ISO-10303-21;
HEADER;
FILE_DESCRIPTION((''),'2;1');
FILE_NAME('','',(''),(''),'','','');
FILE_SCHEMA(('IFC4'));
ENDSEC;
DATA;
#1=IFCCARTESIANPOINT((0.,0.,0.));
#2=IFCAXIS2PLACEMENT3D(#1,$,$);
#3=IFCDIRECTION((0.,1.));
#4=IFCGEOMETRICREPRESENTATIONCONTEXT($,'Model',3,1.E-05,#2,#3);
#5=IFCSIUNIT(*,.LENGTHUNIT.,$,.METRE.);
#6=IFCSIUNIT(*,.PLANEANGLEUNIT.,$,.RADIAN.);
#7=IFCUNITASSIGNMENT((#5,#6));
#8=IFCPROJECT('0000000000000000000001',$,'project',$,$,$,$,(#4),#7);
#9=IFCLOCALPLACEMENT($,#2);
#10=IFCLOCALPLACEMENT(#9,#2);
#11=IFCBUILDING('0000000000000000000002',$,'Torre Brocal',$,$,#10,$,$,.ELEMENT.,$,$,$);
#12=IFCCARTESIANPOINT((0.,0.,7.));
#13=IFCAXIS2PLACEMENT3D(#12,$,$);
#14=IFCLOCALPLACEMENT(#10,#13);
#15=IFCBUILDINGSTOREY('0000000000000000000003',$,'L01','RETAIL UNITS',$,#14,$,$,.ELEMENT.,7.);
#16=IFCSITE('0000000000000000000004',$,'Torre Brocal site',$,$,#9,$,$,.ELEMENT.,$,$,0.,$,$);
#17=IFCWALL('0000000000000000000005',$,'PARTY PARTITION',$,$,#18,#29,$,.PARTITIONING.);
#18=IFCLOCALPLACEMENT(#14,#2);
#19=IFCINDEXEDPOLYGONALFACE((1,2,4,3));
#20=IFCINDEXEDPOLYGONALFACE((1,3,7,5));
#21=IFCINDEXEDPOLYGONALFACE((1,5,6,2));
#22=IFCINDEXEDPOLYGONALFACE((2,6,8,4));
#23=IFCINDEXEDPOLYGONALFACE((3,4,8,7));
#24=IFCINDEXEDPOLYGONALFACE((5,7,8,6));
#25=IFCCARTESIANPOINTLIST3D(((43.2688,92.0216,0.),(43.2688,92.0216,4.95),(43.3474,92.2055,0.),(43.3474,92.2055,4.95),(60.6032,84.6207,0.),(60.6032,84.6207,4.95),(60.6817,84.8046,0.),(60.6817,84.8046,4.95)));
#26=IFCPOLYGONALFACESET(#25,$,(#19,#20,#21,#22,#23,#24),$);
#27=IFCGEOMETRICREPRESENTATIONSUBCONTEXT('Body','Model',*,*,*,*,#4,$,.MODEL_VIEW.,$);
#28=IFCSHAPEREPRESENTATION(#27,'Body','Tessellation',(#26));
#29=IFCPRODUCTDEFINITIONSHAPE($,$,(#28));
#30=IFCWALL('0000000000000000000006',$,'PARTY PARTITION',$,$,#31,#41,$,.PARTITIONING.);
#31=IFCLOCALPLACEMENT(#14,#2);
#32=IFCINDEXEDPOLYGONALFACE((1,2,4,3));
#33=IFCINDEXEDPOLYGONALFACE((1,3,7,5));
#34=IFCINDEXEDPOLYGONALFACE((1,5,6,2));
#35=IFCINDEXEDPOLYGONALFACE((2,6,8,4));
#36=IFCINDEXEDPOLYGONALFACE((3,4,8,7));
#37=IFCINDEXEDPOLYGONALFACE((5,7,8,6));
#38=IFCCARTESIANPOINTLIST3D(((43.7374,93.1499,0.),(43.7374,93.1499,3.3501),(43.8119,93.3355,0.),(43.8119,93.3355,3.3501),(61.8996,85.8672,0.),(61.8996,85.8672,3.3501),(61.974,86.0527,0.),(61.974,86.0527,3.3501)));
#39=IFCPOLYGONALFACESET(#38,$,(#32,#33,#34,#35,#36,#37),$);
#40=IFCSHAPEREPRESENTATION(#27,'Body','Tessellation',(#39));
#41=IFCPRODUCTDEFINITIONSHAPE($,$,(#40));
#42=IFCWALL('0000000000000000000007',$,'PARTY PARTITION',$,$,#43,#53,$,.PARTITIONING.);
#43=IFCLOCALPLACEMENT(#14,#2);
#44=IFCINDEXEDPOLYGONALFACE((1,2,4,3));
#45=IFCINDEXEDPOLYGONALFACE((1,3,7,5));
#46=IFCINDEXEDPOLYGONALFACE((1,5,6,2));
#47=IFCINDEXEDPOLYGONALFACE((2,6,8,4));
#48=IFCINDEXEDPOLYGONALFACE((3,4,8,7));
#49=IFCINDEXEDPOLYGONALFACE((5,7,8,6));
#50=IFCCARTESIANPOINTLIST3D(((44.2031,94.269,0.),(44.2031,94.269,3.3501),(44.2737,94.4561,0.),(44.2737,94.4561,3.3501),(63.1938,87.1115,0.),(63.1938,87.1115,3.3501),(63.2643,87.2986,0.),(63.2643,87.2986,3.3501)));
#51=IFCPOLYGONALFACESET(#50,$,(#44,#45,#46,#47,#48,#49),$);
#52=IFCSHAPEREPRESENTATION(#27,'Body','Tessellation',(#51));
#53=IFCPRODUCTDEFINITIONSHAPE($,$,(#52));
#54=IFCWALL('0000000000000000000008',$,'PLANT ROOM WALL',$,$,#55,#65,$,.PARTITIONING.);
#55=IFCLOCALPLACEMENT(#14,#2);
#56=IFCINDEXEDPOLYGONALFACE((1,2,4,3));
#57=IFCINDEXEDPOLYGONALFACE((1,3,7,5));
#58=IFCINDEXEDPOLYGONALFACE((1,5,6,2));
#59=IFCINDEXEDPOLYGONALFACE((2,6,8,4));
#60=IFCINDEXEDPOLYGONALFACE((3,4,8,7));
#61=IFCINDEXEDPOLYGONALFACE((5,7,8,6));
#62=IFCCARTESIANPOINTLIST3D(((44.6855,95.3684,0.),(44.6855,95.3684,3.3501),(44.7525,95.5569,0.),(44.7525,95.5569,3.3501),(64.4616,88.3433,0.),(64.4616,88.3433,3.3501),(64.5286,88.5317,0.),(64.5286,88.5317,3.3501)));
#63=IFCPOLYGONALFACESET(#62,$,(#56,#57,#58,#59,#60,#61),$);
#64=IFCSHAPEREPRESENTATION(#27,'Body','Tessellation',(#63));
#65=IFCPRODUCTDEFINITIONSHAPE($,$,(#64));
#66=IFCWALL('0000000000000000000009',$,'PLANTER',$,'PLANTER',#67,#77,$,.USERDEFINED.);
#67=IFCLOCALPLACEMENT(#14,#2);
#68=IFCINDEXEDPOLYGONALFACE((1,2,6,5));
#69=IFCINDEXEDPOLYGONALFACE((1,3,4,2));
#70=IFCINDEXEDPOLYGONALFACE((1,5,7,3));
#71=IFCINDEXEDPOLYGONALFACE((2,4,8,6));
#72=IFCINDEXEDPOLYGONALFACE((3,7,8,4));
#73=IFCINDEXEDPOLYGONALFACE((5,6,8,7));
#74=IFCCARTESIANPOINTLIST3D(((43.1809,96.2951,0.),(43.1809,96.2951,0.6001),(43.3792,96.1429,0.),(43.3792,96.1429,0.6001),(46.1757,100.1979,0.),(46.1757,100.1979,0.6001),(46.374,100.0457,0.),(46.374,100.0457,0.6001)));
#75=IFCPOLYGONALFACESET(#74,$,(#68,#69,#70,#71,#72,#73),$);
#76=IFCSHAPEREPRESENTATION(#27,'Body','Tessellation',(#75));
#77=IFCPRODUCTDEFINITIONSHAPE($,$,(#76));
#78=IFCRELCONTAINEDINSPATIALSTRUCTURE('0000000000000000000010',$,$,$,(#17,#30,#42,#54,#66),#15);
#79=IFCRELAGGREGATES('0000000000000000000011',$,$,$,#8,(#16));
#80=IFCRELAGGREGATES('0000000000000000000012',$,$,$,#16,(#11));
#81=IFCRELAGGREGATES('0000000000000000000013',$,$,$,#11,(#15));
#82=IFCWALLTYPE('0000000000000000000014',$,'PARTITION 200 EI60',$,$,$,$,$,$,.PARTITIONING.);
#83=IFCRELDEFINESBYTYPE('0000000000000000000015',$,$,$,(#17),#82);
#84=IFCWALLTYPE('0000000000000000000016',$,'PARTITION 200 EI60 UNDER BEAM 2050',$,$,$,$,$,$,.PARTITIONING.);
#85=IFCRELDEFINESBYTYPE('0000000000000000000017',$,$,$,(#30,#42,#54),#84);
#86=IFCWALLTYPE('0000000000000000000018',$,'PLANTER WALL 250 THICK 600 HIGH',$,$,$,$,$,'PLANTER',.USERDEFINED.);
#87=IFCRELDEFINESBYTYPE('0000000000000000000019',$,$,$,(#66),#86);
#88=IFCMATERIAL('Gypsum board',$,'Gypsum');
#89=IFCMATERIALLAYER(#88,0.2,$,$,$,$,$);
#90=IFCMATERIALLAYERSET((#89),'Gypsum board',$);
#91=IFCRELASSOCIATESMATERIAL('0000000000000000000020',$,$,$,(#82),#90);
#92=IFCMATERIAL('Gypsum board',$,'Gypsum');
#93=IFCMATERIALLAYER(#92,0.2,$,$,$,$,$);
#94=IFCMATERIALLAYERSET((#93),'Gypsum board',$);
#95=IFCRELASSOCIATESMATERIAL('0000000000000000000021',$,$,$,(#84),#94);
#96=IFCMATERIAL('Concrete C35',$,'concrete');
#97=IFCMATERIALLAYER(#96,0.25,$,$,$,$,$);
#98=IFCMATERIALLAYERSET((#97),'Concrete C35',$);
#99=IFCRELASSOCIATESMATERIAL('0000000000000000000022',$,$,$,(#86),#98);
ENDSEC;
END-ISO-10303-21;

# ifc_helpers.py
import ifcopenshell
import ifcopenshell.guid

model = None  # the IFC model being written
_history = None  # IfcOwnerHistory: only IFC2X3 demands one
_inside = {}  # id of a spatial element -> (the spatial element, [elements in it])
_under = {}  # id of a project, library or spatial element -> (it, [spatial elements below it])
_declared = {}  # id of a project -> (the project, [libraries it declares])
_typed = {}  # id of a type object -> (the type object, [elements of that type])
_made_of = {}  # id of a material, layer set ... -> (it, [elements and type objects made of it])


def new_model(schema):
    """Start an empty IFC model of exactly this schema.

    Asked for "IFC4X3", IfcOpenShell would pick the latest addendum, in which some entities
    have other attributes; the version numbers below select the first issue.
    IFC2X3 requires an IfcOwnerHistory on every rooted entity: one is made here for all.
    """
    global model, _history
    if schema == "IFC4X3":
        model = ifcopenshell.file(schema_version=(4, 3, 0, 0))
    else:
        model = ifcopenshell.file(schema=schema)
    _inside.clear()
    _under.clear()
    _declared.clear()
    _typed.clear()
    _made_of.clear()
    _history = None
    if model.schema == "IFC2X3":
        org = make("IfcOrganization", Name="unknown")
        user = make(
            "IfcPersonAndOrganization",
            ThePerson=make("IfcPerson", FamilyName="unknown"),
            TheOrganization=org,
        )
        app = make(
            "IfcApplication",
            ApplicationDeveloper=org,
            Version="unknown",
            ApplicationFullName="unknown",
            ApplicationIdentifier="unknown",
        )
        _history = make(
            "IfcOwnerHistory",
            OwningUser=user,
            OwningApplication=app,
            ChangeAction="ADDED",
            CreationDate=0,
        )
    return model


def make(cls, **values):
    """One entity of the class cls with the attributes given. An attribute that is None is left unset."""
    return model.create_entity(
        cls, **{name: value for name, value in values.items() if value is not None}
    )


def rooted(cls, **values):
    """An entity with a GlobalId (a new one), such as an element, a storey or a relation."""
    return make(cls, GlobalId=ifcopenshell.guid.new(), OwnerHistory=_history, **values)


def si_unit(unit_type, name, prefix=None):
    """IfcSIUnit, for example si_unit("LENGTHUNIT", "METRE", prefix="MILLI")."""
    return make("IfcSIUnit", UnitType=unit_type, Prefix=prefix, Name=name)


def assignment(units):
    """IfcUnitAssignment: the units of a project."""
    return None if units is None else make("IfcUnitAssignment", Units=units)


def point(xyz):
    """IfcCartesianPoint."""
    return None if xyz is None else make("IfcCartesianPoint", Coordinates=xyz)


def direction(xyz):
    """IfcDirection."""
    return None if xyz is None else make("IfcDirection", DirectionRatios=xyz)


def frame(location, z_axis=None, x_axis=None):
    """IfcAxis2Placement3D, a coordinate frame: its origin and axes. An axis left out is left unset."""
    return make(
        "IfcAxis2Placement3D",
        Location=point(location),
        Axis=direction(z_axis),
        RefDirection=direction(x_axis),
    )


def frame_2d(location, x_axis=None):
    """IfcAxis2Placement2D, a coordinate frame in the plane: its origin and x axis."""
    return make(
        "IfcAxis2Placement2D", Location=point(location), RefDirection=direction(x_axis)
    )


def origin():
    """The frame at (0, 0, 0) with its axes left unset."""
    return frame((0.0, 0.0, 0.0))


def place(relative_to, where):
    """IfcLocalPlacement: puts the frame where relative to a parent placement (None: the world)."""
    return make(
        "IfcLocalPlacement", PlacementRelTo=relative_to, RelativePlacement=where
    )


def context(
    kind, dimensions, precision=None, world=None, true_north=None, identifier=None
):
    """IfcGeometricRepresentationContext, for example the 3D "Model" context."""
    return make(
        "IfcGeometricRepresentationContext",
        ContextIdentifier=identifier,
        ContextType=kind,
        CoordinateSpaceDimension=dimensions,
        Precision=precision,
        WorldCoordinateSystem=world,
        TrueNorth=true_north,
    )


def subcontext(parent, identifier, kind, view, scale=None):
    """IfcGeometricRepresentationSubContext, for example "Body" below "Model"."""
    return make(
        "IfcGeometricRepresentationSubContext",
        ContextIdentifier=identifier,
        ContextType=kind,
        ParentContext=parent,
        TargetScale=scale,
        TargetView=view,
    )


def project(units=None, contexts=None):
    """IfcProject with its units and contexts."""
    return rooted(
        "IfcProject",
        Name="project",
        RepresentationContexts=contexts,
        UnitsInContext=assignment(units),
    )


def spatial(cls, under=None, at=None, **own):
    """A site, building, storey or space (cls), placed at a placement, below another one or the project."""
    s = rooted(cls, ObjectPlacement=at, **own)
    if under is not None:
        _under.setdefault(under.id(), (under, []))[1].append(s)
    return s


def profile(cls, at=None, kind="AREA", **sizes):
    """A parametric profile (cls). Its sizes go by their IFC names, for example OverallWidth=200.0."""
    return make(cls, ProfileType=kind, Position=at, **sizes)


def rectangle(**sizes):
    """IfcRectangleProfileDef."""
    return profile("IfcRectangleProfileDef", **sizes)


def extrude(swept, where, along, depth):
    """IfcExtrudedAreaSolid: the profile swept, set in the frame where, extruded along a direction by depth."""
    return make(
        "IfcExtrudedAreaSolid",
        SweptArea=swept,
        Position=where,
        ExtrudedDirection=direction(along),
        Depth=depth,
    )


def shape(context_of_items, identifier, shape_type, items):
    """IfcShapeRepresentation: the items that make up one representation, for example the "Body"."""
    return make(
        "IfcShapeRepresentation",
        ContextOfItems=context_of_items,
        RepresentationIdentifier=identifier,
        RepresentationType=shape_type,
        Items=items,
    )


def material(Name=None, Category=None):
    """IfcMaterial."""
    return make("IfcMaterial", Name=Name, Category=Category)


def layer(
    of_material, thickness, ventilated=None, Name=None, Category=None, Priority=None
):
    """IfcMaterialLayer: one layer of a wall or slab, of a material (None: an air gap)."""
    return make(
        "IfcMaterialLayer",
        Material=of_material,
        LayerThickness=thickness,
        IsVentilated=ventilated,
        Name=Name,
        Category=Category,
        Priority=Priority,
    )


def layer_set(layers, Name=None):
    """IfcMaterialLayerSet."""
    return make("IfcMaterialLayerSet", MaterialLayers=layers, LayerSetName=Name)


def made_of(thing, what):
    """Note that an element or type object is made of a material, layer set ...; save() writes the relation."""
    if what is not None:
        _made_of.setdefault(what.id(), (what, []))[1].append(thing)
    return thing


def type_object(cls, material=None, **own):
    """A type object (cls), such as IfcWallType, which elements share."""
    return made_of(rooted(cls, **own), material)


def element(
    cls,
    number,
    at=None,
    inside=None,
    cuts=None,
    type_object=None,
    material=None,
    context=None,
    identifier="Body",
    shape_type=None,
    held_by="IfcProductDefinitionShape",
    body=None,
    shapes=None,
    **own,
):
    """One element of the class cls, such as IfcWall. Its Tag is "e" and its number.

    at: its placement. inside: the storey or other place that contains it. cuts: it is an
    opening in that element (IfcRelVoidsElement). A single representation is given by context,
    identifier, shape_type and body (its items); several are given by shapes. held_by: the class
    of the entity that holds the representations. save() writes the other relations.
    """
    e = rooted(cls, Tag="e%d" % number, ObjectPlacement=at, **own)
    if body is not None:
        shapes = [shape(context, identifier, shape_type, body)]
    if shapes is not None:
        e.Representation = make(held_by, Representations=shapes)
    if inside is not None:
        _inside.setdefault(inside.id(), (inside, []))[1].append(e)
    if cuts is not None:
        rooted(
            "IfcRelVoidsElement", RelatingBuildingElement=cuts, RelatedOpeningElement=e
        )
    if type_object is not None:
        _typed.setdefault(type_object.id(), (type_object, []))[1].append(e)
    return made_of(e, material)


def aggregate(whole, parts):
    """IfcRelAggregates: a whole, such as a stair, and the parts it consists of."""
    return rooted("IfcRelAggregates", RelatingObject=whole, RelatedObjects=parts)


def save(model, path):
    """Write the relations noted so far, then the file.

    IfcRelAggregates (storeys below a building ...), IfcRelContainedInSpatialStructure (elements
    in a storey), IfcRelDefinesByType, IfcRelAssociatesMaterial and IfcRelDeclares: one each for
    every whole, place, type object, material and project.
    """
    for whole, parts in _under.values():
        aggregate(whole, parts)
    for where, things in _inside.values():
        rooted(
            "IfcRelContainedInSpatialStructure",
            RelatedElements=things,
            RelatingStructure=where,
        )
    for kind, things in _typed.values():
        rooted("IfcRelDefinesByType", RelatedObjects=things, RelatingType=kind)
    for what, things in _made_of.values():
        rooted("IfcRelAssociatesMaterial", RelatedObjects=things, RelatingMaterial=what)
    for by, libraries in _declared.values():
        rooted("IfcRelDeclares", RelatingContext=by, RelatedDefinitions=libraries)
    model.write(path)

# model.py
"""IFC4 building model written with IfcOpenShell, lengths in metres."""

from ifc_helpers import new_model, si_unit, direction, frame, frame_2d, origin, place, context, subcontext, project, spatial, rectangle, extrude, material, layer, layer_set, type_object, element, save


model = new_model("IFC4")

# Units and contexts
model_context = context("Model", 3, precision=1e-05, world=origin(), true_north=direction((0.0, 1.0)))
body_context = subcontext(model_context, "Body", "Model", "MODEL_VIEW")
ifc_project = project(units=[si_unit("LENGTHUNIT", "METRE"), si_unit("PLANEANGLEUNIT", "RADIAN")], contexts=[model_context])

# Site, building, storey
site_placement = place(None, origin())
site = spatial("IfcSite", under=ifc_project, at=site_placement, Name="Torre Brocal site", CompositionType="ELEMENT", RefElevation=0.0)
building_placement = place(site_placement, origin())
building = spatial("IfcBuilding", under=site, at=building_placement, Name="Torre Brocal", CompositionType="ELEMENT")
storey_placement = place(building_placement, frame((0.0, 0.0, 7.0)))
storey = spatial("IfcBuildingStorey", under=building, at=storey_placement, Name="L01", Description="RETAIL UNITS", CompositionType="ELEMENT", Elevation=7.0)

# Walls
ifc_material_1 = material(Name="Gypsum board", Category="Gypsum")
ifc_layer_1 = layer(ifc_material_1, 0.2)
ifc_layer_set_1 = layer_set([ifc_layer_1], Name="Gypsum board")
wall_type_1 = type_object("IfcWallType", Name="PARTITION 200 EI60", PredefinedType="PARTITIONING", material=ifc_layer_set_1)
wall_1_placement = place(storey_placement, frame((43.3081, 92.1135, 0.0), z_axis=(0.0, 0.0, 1.0), x_axis=(0.919686, -0.392656, 0.0)))
element("IfcWall", 1, at=wall_1_placement, inside=storey, type_object=wall_type_1, Name="PARTY PARTITION", PredefinedType="PARTITIONING", context=body_context, shape_type="SweptSolid", body=[
    extrude(rectangle(XDim=18.8481, YDim=0.2, at=frame_2d((9.4241, 0.0))), origin(), (0.0, 0.0, 1.0), 4.95),
])
ifc_material_2 = material(Name="Gypsum board", Category="Gypsum")
ifc_layer_2 = layer(ifc_material_2, 0.2)
ifc_layer_set_2 = layer_set([ifc_layer_2], Name="Gypsum board")
wall_type_2 = type_object("IfcWallType", Name="PARTITION 200 EI60 UNDER BEAM 2050", PredefinedType="PARTITIONING", material=ifc_layer_set_2)
wall_2_placement = place(storey_placement, frame((43.7747, 93.2427, 0.0), z_axis=(0.0, 0.0, 1.0), x_axis=(0.928161, -0.372178, 0.0)))
element("IfcWall", 2, at=wall_2_placement, inside=storey, type_object=wall_type_2, Name="PARTY PARTITION", PredefinedType="PARTITIONING", context=body_context, shape_type="SweptSolid", body=[
    extrude(rectangle(XDim=19.5679, YDim=0.2, at=frame_2d((9.7839, 0.0))), origin(), (0.0, 0.0, 1.0), 3.3501),
])
wall_3_placement = place(storey_placement, frame((44.2383, 94.3625, 0.0), z_axis=(0.0, 0.0, 1.0), x_axis=(0.935746, -0.352676, 0.0)))
element("IfcWall", 3, at=wall_3_placement, inside=storey, type_object=wall_type_2, Name="PARTY PARTITION", PredefinedType="PARTITIONING", context=body_context, shape_type="SweptSolid", body=[
    extrude(rectangle(XDim=20.2947, YDim=0.2, at=frame_2d((10.1475, 0.0))), origin(), (0.0, 0.0, 1.0), 3.3501),
])
wall_4_placement = place(storey_placement, frame((44.719, 95.4626, 0.0), z_axis=(0.0, 0.0, 1.0), x_axis=(0.94231, -0.33474, 0.0)))
element("IfcWall", 4, at=wall_4_placement, inside=storey, type_object=wall_type_2, Name="PLANT ROOM WALL", PredefinedType="PARTITIONING", context=body_context, shape_type="SweptSolid", body=[
    extrude(rectangle(XDim=20.9868, YDim=0.2, at=frame_2d((10.4934, 0.0))), origin(), (0.0, 0.0, 1.0), 3.3501),
])
ifc_material_3 = material(Name="Concrete C35", Category="concrete")
ifc_layer_3 = layer(ifc_material_3, 0.25)
ifc_layer_set_3 = layer_set([ifc_layer_3], Name="Concrete C35")
wall_type_3 = type_object("IfcWallType", Name="PLANTER WALL 250 THICK 600 HIGH", ElementType="PLANTER", PredefinedType="USERDEFINED", material=ifc_layer_set_3)
wall_5_placement = place(storey_placement, frame((43.28, 96.219, 0.0), z_axis=(0.0, 0.0, 1.0), x_axis=(0.608777, 0.793341, 0.0)))
element("IfcWall", 5, at=wall_5_placement, inside=storey, type_object=wall_type_3, Name="PLANTER", ObjectType="PLANTER", PredefinedType="USERDEFINED", context=body_context, shape_type="SweptSolid", body=[
    extrude(rectangle(XDim=4.9194, YDim=0.25, at=frame_2d((2.4597, 0.0))), origin(), (0.0, 0.0, 1.0), 0.6001),
])

save(model, "model.ifc")
